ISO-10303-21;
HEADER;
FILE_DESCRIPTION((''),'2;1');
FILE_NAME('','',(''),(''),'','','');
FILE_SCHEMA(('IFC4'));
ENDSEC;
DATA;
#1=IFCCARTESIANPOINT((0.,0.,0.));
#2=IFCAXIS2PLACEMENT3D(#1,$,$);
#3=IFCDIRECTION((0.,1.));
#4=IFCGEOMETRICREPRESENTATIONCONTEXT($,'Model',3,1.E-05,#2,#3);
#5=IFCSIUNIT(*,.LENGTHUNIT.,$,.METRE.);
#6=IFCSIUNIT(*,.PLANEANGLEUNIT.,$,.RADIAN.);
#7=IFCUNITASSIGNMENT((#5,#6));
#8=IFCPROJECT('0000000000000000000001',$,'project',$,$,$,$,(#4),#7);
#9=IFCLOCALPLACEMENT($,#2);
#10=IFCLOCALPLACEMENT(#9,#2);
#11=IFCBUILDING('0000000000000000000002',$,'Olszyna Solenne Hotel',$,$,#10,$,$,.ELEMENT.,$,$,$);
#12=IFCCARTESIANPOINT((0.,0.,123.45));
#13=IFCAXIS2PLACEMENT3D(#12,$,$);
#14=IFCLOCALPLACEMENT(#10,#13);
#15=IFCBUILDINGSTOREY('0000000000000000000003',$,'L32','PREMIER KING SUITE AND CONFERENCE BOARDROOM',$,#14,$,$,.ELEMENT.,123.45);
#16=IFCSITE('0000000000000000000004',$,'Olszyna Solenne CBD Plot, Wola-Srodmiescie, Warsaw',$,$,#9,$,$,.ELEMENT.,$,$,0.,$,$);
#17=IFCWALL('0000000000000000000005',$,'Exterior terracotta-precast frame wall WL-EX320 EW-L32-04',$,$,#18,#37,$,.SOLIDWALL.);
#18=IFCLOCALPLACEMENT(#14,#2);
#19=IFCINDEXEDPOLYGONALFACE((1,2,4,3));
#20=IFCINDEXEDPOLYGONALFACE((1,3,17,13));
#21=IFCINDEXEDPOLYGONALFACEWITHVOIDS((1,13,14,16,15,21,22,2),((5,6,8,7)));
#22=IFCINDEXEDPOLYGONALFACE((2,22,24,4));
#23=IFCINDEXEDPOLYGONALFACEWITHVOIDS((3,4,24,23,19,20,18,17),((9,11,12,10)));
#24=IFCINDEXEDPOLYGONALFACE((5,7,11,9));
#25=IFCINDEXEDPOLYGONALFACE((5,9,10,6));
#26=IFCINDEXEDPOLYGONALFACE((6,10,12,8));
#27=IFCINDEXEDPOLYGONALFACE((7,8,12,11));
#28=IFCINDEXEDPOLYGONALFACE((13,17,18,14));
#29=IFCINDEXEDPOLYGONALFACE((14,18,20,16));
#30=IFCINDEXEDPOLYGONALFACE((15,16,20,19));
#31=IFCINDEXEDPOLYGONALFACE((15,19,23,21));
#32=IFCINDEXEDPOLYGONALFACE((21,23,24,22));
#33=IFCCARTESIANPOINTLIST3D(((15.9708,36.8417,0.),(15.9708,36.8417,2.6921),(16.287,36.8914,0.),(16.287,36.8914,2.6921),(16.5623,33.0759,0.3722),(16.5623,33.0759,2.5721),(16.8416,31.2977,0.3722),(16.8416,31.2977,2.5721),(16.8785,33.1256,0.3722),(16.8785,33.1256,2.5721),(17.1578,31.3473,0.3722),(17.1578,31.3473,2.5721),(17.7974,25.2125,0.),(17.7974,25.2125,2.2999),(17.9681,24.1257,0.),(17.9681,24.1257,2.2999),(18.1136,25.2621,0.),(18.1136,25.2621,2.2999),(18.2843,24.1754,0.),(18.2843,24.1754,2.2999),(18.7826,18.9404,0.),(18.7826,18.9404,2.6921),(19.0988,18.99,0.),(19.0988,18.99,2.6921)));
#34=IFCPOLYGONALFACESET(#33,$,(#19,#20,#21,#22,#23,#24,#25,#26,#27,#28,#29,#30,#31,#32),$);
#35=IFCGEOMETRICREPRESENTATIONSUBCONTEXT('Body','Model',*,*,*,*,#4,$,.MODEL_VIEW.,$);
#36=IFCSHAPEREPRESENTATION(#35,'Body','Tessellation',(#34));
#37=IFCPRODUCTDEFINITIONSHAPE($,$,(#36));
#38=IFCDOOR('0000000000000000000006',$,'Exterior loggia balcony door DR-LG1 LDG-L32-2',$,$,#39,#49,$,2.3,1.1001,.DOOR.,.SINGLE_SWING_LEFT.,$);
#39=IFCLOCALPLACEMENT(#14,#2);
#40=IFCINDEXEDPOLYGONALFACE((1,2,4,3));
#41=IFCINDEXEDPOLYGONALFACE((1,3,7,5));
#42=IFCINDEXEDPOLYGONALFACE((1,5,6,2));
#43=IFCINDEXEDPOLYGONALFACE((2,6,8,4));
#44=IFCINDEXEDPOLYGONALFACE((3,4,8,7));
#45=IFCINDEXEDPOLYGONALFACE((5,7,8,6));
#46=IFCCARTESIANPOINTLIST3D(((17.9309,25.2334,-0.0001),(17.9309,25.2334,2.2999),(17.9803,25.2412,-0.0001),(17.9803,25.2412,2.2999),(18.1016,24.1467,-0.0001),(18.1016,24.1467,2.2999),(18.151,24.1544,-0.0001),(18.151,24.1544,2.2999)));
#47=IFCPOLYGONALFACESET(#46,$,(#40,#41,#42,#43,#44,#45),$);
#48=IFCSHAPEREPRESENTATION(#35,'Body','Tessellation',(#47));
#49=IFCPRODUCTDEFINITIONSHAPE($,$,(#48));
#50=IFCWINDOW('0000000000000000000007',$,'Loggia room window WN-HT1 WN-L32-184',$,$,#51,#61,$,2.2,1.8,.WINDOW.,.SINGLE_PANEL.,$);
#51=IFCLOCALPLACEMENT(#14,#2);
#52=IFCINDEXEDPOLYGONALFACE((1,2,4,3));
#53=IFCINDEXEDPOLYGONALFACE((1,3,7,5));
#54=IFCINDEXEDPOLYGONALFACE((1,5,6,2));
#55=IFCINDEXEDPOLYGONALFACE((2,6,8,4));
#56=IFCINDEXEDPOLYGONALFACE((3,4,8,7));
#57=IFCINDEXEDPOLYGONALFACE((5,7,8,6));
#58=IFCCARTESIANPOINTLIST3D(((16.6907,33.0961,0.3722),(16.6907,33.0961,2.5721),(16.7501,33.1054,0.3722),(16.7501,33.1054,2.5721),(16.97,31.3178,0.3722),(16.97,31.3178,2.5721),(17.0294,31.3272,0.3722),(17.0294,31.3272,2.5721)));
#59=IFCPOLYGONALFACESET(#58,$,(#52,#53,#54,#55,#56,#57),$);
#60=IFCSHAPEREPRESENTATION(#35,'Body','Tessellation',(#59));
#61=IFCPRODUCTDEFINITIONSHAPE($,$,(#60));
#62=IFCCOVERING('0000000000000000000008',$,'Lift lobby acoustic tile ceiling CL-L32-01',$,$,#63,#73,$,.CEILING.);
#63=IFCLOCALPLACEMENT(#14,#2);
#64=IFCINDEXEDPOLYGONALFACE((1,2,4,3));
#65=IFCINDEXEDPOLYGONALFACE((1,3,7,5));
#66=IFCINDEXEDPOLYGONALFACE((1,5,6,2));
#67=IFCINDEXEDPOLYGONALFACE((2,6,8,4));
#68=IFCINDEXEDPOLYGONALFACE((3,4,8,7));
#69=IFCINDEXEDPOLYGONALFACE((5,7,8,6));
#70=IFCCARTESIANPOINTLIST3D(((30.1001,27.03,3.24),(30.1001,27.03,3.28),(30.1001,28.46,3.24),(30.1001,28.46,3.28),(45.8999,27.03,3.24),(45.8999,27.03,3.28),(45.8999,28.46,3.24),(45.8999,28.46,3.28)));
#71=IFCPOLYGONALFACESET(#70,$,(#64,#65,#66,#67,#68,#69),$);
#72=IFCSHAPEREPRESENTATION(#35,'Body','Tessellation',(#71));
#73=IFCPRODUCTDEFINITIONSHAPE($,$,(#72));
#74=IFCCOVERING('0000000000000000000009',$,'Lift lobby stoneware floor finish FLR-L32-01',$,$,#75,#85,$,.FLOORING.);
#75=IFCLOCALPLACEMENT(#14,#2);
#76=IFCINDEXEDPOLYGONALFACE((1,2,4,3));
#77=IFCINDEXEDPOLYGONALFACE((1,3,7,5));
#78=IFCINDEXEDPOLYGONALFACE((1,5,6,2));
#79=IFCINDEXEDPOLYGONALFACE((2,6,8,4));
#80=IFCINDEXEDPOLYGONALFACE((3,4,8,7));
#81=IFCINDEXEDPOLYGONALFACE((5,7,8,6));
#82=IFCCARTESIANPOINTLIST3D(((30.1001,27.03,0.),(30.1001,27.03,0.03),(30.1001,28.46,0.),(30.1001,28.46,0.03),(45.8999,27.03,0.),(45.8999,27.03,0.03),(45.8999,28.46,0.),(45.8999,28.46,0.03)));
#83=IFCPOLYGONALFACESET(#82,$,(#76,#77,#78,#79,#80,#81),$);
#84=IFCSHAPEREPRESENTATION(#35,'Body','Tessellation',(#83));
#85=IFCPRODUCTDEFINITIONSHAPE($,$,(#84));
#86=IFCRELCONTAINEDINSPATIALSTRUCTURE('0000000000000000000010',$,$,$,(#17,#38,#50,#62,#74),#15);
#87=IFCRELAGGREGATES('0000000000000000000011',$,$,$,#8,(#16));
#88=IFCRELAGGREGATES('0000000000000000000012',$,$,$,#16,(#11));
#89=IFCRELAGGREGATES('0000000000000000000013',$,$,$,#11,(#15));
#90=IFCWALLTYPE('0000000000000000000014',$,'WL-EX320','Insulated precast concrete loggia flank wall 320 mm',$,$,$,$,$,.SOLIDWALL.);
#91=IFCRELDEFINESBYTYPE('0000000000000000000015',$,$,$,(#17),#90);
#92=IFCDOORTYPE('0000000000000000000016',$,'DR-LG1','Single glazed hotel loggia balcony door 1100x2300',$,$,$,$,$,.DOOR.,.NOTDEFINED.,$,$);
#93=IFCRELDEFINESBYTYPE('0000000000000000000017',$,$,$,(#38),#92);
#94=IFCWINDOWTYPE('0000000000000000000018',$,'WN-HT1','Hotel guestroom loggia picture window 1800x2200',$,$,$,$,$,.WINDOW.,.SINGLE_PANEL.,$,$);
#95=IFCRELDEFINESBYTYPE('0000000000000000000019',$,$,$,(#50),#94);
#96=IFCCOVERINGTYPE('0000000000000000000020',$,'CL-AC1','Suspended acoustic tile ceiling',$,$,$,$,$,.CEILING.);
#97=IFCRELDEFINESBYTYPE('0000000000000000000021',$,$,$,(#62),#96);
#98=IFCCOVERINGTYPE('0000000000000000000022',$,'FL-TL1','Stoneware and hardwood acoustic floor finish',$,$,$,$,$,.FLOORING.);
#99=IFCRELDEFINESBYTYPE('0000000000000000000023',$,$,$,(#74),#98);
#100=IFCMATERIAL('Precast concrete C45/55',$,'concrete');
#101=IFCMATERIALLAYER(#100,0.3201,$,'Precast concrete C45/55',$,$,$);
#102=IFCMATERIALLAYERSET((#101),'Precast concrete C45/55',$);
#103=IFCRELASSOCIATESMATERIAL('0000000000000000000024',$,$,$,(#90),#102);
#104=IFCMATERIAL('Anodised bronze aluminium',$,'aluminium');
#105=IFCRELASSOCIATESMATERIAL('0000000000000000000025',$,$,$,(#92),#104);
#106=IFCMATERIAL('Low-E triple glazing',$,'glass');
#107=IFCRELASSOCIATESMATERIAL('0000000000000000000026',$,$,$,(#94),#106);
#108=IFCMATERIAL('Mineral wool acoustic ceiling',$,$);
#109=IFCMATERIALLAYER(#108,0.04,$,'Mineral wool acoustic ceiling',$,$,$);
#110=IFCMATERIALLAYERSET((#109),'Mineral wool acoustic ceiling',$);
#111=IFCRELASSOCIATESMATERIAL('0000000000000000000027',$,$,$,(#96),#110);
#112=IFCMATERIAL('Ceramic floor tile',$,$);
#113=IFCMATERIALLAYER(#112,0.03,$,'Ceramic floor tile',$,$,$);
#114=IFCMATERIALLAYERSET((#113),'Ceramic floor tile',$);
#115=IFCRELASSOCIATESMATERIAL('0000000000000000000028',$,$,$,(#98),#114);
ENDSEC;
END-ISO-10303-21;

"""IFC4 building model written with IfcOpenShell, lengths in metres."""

from ifc_helpers import new_model, si_unit, direction, frame, frame_2d, origin, place, context, subcontext, project, spatial, polyline, rectangle, outline, extrude, source, transform, mapped, material, layer, layer_set, type_object, type_shapes, element, fill, save


model = new_model("IFC4")

# Units and contexts
model_context = context("Model", 3, precision=1e-05, world=origin(), true_north=direction((0.0, 1.0)))
body_context = subcontext(model_context, "Body", "Model", "MODEL_VIEW")
ifc_project = project(units=[si_unit("LENGTHUNIT", "METRE"), si_unit("PLANEANGLEUNIT", "RADIAN")], contexts=[model_context])

# Site, building, storey
site_placement = place(None, origin())
site = spatial("IfcSite", under=ifc_project, at=site_placement, Name="Olszyna Solenne CBD Plot, Wola-Srodmiescie, Warsaw", CompositionType="ELEMENT", RefElevation=0.0)
building_placement = place(site_placement, origin())
building = spatial("IfcBuilding", under=site, at=building_placement, Name="Olszyna Solenne Hotel", CompositionType="ELEMENT")
storey_placement = place(building_placement, frame((0.0, 0.0, 123.45)))
storey = spatial("IfcBuildingStorey", under=building, at=storey_placement, Name="L32", Description="PREMIER KING SUITE AND CONFERENCE BOARDROOM", CompositionType="ELEMENT", Elevation=123.45)

# Shared definitions
ifc_material_1 = material(Name="Anodised bronze aluminium", Category="aluminium")

# Shared definitions
ifc_material_2 = material(Name="Precast concrete C45/55", Category="concrete")

# Shared definitions
ifc_material_3 = material(Name="Low-E triple glazing", Category="glass")

# Wall, openings, door, window
ifc_layer_1 = layer(ifc_material_2, 0.3201, Name="Precast concrete C45/55")
ifc_layer_set_1 = layer_set([ifc_layer_1], Name="Precast concrete C45/55")
wall_type = type_object("IfcWallType", Name="WL-EX320", Description="Insulated precast concrete loggia flank wall 320 mm", PredefinedType="SOLIDWALL", material=ifc_layer_set_1)
wall_placement = place(storey_placement, frame((18.9407, 18.9651, 0.0), z_axis=(0.0, 0.0, 1.0), x_axis=(-0.155168, 0.987888, 0.0)))
wall = element("IfcWall", 1, at=wall_placement, inside=storey, type_object=wall_type, Name="Exterior terracotta-precast frame wall WL-EX320 EW-L32-04", PredefinedType="SOLIDWALL", context=body_context, shape_type="SweptSolid", body=[
    extrude(rectangle(XDim=18.1208, YDim=0.3201, at=frame_2d((9.0605, 0.0))), origin(), (0.0, 0.0, 1.0), 2.6921),
])
opening_1_placement = place(wall_placement, frame((5.249, 0.0, 0.0)))
opening_1 = element("IfcOpeningElement", 2, at=opening_1_placement, cuts=wall, PredefinedType="OPENING", context=body_context, shape_type="SweptSolid", body=[
    extrude(rectangle(XDim=1.1001, YDim=2.3, at=frame_2d((0.55, 1.1499))), frame((0.0, 0.1699, 0.0), z_axis=(0.0, -1.0, 0.0), x_axis=(1.0, 0.0, 0.0)), (0.0, 0.0, 1.0), 0.3401),
])
opening_2_placement = place(wall_placement, frame((12.509, 0.0, 0.3721)))
opening_2 = element("IfcOpeningElement", 3, at=opening_2_placement, cuts=wall, PredefinedType="OPENING", context=body_context, shape_type="SweptSolid", body=[
    extrude(rectangle(XDim=1.8, YDim=2.2, at=frame_2d((0.8999, 1.1001))), frame((0.0, 0.1699, 0.0), z_axis=(0.0, -1.0, 0.0), x_axis=(1.0, 0.0, 0.0)), (0.0, 0.0, 1.0), 0.3401),
])
door_type = type_object("IfcDoorType", Name="DR-LG1", Description="Single glazed hotel loggia balcony door 1100x2300", OperationType="NOTDEFINED", PredefinedType="DOOR", material=ifc_material_1)
shared_shape_1 = source(origin(), body_context, "Body", "SweptSolid", [
    extrude(rectangle(XDim=1.1001, YDim=2.3, at=frame_2d((0.55, 1.1499))), frame((0.0, 0.0249, 0.0), z_axis=(0.0, -1.0, 0.0), x_axis=(1.0, 0.0, 0.0)), (0.0, 0.0, 1.0), 0.05),
])
type_shapes(door_type, [shared_shape_1])
door_placement = place(opening_1_placement, origin())
door = element("IfcDoor", 4, at=door_placement, inside=storey, type_object=door_type, Name="Exterior loggia balcony door DR-LG1 LDG-L32-2", OperationType="SINGLE_SWING_LEFT", OverallHeight=2.3, OverallWidth=1.1001, PredefinedType="DOOR", context=body_context, shape_type="MappedRepresentation", body=[
    mapped(shared_shape_1, transform((0.0, 0.0, 0.0), x_axis=(1.0, 0.0, 0.0), y_axis=(0.0, 1.0, 0.0), z_axis=(0.0, 0.0, 1.0), scale=1.0)),
])
fill(opening_1, door)
window_type = type_object("IfcWindowType", Name="WN-HT1", Description="Hotel guestroom loggia picture window 1800x2200", PartitioningType="SINGLE_PANEL", PredefinedType="WINDOW", material=ifc_material_3)
shared_shape_2 = source(origin(), body_context, "Body", "SweptSolid", [
    extrude(rectangle(XDim=1.8, YDim=2.2, at=frame_2d((0.8999, 1.1001))), frame((0.0, 0.03, 0.0), z_axis=(0.0, -1.0, 0.0), x_axis=(1.0, 0.0, 0.0)), (0.0, 0.0, 1.0), 0.0601),
])
type_shapes(window_type, [shared_shape_2])
window_placement = place(opening_2_placement, origin())
window = element("IfcWindow", 5, at=window_placement, inside=storey, type_object=window_type, Name="Loggia room window WN-HT1 WN-L32-184", OverallHeight=2.2, OverallWidth=1.8, PartitioningType="SINGLE_PANEL", PredefinedType="WINDOW", context=body_context, shape_type="MappedRepresentation", body=[
    mapped(shared_shape_2, transform((0.0, 0.0, 0.0), x_axis=(1.0, 0.0, 0.0), y_axis=(0.0, 1.0, 0.0), z_axis=(0.0, 0.0, 1.0), scale=1.0)),
])
fill(opening_2, window)

# Coverings
ifc_material_4 = material(Name="Mineral wool acoustic ceiling")
ifc_layer_2 = layer(ifc_material_4, 0.04, Name="Mineral wool acoustic ceiling")
ifc_layer_set_2 = layer_set([ifc_layer_2], Name="Mineral wool acoustic ceiling")
covering_type_1 = type_object("IfcCoveringType", Name="CL-AC1", Description="Suspended acoustic tile ceiling", PredefinedType="CEILING", material=ifc_layer_set_2)
covering_1_placement = place(storey_placement, frame((0.0, 0.0, 3.24)))
element("IfcCovering", 6, at=covering_1_placement, inside=storey, type_object=covering_type_1, Name="Lift lobby acoustic tile ceiling CL-L32-01", PredefinedType="CEILING", context=body_context, shape_type="SweptSolid", body=[
    extrude(outline(polyline([(30.1001, 27.03), (45.8999, 27.03), (45.8999, 28.46), (30.1001, 28.46), (30.1001, 27.03)])), origin(), (0.0, 0.0, 1.0), 0.04),
])
ifc_material_5 = material(Name="Ceramic floor tile")
ifc_layer_3 = layer(ifc_material_5, 0.03, Name="Ceramic floor tile")
ifc_layer_set_3 = layer_set([ifc_layer_3], Name="Ceramic floor tile")
covering_type_2 = type_object("IfcCoveringType", Name="FL-TL1", Description="Stoneware and hardwood acoustic floor finish", PredefinedType="FLOORING", material=ifc_layer_set_3)
covering_2_placement = place(storey_placement, origin())
element("IfcCovering", 7, at=covering_2_placement, inside=storey, type_object=covering_type_2, Name="Lift lobby stoneware floor finish FLR-L32-01", PredefinedType="FLOORING", context=body_context, shape_type="SweptSolid", body=[
    extrude(outline(polyline([(30.1001, 27.03), (45.8999, 27.03), (45.8999, 28.46), (30.1001, 28.46), (30.1001, 27.03)])), origin(), (0.0, 0.0, 1.0), 0.03),
])

save(model, "model.ifc")
